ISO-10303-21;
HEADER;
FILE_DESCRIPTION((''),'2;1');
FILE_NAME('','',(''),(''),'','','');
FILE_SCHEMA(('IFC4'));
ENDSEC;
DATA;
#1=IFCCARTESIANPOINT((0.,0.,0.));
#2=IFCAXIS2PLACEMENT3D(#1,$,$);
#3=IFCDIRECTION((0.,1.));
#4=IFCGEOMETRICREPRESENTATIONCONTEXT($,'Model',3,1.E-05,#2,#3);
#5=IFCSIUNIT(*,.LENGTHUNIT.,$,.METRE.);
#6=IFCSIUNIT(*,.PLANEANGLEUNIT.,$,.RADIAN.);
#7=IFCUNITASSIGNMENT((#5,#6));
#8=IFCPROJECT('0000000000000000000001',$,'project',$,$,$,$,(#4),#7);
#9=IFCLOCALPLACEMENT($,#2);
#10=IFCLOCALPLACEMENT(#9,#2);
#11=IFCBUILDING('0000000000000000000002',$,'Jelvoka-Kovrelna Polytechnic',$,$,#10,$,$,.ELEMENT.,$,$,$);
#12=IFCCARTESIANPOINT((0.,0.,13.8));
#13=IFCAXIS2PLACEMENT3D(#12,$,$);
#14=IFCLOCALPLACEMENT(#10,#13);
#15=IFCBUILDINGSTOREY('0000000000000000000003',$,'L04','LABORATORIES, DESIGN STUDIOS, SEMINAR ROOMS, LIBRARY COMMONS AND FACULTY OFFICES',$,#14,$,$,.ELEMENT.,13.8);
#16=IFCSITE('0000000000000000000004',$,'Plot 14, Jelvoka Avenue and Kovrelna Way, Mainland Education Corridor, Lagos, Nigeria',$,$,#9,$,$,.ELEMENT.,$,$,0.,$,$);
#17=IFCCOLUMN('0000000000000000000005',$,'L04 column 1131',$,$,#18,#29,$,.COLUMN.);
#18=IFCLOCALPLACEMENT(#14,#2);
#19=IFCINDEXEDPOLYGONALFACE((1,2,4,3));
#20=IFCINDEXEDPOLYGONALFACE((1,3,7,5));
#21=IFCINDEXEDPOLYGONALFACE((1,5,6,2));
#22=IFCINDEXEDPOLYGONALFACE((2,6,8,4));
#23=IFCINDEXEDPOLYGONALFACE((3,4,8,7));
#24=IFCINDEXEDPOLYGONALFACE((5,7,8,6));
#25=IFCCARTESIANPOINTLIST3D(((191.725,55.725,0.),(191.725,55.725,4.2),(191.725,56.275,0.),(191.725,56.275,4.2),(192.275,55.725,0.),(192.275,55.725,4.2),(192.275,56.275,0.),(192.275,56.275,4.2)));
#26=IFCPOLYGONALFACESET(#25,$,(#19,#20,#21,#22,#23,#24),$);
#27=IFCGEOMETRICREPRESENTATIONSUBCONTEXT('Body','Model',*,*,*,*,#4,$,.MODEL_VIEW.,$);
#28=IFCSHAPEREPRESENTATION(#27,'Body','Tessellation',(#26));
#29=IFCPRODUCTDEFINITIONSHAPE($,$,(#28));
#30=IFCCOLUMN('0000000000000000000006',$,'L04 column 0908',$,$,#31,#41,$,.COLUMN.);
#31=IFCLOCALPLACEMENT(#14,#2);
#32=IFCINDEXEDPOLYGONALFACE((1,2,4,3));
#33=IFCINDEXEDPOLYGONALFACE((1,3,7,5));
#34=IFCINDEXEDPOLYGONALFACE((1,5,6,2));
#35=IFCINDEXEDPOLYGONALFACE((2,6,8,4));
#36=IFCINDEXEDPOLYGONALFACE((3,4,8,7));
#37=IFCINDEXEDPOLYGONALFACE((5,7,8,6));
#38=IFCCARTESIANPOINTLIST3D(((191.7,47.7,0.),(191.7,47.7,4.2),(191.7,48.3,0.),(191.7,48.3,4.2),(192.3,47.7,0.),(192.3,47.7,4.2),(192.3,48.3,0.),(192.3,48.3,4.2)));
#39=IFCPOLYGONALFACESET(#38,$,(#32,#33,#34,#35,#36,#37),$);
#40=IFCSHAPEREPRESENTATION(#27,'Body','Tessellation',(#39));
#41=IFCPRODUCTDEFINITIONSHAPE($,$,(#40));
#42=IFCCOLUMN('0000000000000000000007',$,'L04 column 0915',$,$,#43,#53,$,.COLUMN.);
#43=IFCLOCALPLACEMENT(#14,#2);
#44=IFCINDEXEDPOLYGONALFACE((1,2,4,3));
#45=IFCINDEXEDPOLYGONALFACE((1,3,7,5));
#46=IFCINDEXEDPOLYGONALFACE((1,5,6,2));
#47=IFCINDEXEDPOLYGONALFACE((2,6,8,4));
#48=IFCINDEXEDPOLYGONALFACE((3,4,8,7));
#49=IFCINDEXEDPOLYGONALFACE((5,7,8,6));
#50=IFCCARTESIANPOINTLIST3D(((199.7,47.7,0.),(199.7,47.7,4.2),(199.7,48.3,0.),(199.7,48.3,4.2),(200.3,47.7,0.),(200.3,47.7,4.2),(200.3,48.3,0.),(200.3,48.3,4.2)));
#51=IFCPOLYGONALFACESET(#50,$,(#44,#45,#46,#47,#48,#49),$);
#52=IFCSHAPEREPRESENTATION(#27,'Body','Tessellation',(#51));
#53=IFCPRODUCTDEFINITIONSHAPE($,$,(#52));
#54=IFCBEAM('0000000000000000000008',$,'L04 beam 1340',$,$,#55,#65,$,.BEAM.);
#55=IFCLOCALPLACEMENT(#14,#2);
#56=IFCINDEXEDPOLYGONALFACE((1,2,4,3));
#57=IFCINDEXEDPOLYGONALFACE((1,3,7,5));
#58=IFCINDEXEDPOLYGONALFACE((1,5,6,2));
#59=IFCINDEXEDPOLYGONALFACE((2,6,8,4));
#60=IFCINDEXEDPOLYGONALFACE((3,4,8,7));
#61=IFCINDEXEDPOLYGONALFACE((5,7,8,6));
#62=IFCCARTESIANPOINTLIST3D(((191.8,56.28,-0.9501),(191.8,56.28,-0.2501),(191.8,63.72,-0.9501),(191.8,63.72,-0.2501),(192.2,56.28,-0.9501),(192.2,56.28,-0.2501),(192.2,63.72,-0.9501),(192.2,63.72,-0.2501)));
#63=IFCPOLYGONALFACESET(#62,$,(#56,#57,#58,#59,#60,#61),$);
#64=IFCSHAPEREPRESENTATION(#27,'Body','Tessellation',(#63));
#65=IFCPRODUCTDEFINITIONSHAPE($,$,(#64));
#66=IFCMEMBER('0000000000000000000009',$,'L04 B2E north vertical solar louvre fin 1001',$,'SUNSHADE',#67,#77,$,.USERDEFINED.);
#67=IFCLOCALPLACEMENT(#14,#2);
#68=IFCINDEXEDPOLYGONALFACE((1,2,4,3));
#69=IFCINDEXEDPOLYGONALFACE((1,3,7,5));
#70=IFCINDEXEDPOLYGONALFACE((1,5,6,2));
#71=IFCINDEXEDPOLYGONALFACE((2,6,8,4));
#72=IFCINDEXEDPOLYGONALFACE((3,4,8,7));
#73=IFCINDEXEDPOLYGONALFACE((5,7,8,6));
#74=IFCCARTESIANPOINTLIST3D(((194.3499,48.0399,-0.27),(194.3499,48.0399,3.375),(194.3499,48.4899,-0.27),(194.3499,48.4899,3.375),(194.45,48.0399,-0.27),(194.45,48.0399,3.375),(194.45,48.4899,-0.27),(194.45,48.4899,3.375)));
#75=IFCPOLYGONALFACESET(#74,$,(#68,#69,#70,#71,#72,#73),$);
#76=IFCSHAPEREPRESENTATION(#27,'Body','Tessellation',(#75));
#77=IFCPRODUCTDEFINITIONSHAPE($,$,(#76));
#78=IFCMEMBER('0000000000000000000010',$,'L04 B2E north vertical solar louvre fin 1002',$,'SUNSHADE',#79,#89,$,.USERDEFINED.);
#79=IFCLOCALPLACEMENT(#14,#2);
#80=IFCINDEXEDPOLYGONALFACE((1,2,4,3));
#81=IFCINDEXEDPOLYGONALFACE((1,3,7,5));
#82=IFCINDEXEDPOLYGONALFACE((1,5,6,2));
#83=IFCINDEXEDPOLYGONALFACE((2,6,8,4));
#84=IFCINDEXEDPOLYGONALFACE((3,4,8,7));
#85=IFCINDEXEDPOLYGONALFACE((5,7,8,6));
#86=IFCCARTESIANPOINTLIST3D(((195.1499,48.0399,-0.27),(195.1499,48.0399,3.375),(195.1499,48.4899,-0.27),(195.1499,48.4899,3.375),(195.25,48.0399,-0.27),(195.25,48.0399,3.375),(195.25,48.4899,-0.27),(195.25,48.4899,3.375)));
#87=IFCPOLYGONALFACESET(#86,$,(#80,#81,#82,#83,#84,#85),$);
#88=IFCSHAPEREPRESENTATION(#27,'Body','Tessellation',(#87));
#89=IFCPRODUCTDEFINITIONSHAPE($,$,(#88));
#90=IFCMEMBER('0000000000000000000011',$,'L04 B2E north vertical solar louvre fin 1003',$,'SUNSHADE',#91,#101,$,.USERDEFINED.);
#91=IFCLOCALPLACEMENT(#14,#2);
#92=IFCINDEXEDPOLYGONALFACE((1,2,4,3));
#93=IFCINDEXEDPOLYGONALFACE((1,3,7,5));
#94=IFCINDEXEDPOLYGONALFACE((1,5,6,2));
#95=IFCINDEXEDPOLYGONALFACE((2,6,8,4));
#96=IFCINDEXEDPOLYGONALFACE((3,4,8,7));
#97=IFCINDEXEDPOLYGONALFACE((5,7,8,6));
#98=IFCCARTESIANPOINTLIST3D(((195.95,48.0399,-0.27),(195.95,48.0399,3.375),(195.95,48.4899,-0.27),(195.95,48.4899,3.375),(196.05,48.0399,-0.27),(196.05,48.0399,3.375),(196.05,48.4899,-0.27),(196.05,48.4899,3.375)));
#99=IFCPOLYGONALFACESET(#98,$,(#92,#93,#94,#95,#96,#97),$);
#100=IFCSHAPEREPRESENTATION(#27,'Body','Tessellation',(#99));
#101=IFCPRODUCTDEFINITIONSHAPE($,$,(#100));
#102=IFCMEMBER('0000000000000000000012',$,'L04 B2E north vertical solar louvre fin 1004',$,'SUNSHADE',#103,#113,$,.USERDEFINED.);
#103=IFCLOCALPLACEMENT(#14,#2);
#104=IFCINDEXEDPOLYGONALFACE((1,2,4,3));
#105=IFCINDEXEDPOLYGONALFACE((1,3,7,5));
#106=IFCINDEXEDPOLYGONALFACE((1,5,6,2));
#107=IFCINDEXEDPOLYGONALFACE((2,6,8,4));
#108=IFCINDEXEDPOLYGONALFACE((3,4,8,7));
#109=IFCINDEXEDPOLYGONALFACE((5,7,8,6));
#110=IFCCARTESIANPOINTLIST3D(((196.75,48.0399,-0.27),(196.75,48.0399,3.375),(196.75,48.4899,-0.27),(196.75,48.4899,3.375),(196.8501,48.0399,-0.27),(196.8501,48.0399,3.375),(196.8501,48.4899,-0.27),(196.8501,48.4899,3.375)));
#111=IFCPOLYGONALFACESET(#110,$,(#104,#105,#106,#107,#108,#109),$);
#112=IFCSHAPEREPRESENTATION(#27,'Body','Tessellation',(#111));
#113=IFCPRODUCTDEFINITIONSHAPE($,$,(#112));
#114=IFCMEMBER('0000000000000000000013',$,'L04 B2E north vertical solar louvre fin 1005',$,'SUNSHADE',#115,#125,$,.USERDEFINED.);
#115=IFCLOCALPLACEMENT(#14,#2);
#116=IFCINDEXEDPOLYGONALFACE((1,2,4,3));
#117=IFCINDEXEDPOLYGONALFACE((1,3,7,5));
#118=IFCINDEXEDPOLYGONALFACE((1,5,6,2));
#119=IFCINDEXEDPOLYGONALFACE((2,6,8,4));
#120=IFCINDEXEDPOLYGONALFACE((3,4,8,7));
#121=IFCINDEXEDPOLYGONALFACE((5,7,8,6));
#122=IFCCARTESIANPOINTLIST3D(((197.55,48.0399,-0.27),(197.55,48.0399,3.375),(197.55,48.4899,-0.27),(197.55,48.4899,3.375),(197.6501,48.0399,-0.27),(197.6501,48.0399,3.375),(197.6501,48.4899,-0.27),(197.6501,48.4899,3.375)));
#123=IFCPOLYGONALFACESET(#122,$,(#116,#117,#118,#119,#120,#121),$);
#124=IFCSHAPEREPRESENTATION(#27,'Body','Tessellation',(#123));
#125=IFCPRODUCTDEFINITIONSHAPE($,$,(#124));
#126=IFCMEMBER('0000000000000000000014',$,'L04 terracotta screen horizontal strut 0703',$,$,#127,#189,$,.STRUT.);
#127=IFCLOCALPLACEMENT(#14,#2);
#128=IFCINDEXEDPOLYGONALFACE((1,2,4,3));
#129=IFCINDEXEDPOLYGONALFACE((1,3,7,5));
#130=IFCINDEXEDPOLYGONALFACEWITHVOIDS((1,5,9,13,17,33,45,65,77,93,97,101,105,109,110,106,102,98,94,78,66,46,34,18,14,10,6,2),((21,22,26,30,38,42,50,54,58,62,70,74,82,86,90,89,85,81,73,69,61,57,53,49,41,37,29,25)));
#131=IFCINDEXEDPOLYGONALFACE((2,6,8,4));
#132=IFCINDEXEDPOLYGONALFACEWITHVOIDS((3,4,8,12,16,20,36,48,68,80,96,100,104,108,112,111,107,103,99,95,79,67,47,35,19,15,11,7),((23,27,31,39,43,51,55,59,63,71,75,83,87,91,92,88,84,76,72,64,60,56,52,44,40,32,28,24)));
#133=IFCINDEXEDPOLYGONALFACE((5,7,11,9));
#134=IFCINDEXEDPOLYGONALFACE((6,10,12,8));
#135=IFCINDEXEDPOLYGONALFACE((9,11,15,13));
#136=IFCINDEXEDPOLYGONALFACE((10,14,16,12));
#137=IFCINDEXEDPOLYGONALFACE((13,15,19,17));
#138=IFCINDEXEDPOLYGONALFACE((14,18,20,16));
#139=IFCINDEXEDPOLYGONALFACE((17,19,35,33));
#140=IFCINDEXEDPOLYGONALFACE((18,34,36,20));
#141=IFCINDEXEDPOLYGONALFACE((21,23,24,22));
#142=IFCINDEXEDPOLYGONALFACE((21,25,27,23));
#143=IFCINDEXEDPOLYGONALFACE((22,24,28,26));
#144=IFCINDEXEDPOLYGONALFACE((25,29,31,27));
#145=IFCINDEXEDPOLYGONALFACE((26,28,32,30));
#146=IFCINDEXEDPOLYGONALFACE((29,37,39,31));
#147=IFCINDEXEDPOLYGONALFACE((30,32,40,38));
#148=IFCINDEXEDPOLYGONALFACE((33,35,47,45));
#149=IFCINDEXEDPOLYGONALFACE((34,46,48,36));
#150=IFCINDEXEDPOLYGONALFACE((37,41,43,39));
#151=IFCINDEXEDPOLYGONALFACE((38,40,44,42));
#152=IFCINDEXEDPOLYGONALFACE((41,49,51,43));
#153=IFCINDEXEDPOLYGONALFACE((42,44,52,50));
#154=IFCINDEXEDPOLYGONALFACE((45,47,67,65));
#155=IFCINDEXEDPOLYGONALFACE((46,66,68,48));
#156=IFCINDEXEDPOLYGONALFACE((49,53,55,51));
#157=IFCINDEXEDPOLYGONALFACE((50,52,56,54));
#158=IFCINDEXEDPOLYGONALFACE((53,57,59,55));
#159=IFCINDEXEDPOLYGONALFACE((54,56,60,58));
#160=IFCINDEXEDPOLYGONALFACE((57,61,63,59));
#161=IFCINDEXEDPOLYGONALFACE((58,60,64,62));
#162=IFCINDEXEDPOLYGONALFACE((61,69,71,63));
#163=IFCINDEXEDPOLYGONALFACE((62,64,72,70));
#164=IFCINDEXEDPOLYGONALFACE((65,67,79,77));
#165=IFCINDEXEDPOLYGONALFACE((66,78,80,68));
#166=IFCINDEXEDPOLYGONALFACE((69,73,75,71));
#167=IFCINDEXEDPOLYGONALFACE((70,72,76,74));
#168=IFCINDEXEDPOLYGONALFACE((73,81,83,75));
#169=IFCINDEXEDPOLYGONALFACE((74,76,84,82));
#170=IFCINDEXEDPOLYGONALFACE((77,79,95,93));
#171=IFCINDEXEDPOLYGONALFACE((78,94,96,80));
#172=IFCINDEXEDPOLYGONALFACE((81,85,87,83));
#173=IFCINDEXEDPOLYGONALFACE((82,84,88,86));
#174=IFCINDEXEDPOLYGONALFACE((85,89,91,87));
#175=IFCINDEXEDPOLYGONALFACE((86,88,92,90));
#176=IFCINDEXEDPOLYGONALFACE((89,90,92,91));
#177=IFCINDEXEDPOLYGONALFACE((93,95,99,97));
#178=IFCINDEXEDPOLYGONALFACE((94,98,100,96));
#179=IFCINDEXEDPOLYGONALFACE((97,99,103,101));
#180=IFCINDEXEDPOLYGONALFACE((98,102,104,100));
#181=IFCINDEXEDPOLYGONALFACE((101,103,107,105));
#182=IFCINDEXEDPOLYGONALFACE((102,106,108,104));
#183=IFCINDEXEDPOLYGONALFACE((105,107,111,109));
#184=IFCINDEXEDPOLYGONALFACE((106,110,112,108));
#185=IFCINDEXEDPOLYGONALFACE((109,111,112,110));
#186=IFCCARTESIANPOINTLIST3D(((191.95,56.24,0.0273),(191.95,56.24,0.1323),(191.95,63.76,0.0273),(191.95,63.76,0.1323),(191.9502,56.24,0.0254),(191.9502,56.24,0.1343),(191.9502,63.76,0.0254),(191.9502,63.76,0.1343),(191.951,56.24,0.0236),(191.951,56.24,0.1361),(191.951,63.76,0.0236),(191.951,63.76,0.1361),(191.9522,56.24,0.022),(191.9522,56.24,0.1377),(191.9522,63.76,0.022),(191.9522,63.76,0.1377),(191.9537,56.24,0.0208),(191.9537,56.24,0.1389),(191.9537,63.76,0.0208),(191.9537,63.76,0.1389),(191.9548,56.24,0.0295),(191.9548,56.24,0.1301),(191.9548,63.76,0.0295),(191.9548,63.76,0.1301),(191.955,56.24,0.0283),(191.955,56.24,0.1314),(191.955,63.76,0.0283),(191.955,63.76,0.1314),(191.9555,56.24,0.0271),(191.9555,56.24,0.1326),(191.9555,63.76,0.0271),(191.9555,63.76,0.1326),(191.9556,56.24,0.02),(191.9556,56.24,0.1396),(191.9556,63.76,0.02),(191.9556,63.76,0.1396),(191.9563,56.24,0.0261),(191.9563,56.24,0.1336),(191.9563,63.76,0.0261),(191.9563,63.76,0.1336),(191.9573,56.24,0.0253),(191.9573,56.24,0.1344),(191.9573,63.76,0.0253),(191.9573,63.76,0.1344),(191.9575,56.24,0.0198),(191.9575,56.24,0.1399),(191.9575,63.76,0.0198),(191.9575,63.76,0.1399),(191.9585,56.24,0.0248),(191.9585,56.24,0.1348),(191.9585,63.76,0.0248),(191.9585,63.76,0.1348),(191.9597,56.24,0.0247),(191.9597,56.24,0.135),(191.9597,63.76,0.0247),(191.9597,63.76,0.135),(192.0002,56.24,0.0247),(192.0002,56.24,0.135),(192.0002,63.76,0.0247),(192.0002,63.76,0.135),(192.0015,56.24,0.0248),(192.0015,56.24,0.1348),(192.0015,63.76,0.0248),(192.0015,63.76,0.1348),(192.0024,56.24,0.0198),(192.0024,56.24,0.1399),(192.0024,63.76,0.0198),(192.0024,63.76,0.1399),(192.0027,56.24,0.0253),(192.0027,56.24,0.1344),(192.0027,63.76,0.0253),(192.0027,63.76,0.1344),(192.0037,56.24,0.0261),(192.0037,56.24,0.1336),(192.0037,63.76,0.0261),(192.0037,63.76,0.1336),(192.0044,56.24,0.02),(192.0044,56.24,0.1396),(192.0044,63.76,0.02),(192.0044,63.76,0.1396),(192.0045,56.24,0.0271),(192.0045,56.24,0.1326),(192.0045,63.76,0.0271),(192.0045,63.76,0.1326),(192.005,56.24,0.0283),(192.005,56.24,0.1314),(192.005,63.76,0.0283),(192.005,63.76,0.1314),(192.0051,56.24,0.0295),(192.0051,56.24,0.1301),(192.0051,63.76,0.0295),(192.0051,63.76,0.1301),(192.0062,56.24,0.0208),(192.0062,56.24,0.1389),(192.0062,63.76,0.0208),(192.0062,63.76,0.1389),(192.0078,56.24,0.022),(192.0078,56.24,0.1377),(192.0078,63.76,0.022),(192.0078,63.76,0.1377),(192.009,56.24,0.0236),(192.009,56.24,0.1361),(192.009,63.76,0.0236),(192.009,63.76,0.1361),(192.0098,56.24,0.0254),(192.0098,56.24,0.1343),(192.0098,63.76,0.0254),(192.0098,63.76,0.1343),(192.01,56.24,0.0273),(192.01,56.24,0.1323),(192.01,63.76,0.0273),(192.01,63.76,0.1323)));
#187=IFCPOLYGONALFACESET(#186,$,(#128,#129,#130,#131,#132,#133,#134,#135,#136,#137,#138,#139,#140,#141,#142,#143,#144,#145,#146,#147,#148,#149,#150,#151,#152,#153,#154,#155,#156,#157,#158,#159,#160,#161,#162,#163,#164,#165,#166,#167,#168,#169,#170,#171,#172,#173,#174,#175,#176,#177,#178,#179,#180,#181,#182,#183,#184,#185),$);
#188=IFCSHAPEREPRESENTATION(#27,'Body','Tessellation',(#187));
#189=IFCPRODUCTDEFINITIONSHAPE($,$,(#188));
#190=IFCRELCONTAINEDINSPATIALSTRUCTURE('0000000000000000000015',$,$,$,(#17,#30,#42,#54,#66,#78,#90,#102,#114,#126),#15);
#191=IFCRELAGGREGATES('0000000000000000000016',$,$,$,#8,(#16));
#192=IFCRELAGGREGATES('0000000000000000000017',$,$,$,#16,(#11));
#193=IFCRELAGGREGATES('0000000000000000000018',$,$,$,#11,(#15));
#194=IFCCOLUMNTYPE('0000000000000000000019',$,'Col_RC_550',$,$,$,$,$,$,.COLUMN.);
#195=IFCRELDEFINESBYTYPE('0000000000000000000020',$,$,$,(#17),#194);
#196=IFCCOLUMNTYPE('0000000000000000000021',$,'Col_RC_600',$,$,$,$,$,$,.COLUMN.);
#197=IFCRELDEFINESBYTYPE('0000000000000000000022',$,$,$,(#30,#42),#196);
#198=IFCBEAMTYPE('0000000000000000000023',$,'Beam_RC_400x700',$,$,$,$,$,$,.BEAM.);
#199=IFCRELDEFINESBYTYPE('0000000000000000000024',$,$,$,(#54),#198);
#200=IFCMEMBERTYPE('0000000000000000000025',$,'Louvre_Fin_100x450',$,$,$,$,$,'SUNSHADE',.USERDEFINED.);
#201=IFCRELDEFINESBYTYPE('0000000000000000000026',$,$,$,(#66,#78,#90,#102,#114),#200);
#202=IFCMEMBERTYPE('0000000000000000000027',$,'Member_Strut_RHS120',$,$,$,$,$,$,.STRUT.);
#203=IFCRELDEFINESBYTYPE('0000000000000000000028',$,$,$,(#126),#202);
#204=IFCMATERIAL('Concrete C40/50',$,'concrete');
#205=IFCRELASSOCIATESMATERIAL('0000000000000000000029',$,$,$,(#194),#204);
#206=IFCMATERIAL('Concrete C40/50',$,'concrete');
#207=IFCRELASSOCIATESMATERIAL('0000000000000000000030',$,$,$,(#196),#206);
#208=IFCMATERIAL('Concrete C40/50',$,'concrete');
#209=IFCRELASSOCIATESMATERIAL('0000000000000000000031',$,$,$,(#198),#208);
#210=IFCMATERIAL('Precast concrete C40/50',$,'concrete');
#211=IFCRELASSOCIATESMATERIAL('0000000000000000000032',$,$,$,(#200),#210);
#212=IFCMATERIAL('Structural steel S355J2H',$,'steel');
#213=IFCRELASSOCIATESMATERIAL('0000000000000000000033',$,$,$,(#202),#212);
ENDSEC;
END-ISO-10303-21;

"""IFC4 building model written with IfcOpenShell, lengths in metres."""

from ifc_helpers import new_model, si_unit, direction, frame, origin, origin_2d, place, context, subcontext, project, spatial, rectangle, hollow_rectangle, extrude, material, material_profile, profile_set, type_object, element, save


model = new_model("IFC4")

# Units and contexts
model_context = context("Model", 3, precision=1e-05, world=origin(), true_north=direction((0.0, 1.0)))
body_context = subcontext(model_context, "Body", "Model", "MODEL_VIEW")
ifc_project = project(units=[si_unit("LENGTHUNIT", "METRE"), si_unit("PLANEANGLEUNIT", "RADIAN")], contexts=[model_context])

# Site, building, storey
site_placement = place(None, origin())
site = spatial("IfcSite", under=ifc_project, at=site_placement, Name="Plot 14, Jelvoka Avenue and Kovrelna Way, Mainland Education Corridor, Lagos, Nigeria", CompositionType="ELEMENT", RefElevation=0.0)
building_placement = place(site_placement, origin())
building = spatial("IfcBuilding", under=site, at=building_placement, Name="Jelvoka-Kovrelna Polytechnic", CompositionType="ELEMENT")
storey_placement = place(building_placement, frame((0.0, 0.0, 13.8)))
storey = spatial("IfcBuildingStorey", under=building, at=storey_placement, Name="L04", Description="LABORATORIES, DESIGN STUDIOS, SEMINAR ROOMS, LIBRARY COMMONS AND FACULTY OFFICES", CompositionType="ELEMENT", Elevation=13.8)

# Columns
ifc_material_1 = material(Name="Concrete C40/50", Category="concrete")
ifc_material_profile_1 = material_profile(ifc_material_1, rectangle(XDim=0.55, YDim=0.55, at=origin_2d()), Name="RC 550x550")
ifc_profile_set_1 = profile_set([ifc_material_profile_1], Name="Concrete C40/50")
column_type_1 = type_object("IfcColumnType", Name="Col_RC_550", PredefinedType="COLUMN", material=ifc_profile_set_1)
column_placement = place(storey_placement, frame((192.0, 56.0, 0.0), z_axis=(0.0, 0.0, 1.0), x_axis=(1.0, 0.0, 0.0)))
element("IfcColumn", 1, at=column_placement, inside=storey, type_object=column_type_1, Name="L04 column 1131", PredefinedType="COLUMN", context=body_context, shape_type="SweptSolid", body=[
    extrude(rectangle(XDim=0.55, YDim=0.55, at=origin_2d()), origin(), (0.0, 0.0, 1.0), 4.2),
])
ifc_material_2 = material(Name="Concrete C40/50", Category="concrete")
ifc_material_profile_2 = material_profile(ifc_material_2, rectangle(XDim=0.6001, YDim=0.6001, at=origin_2d()), Name="RC 600x600")
ifc_profile_set_2 = profile_set([ifc_material_profile_2], Name="Concrete C40/50")
column_type_2 = type_object("IfcColumnType", Name="Col_RC_600", PredefinedType="COLUMN", material=ifc_profile_set_2)
for number, where, z_axis, x_axis, name in (
    (2, (192.0, 48.0, 0.0), (0.0, 0.0, 1.0), (1.0, 0.0, 0.0), "L04 column 0908"),
    (3, (200.0, 48.0, 0.0), (0.0, 0.0, 1.0), (1.0, 0.0, 0.0), "L04 column 0915"),
):
    element("IfcColumn", number, at=place(storey_placement, frame(where, z_axis=z_axis, x_axis=x_axis)), inside=storey, type_object=column_type_2, Name=name, PredefinedType="COLUMN", context=body_context, shape_type="SweptSolid", body=[
        extrude(rectangle(XDim=0.6001, YDim=0.6001, at=origin_2d()), origin(), (0.0, 0.0, 1.0), 4.2),
    ])

# Beam
ifc_material_3 = material(Name="Concrete C40/50", Category="concrete")
ifc_material_profile_3 = material_profile(ifc_material_3, rectangle(XDim=0.3999, YDim=0.7, at=origin_2d()), Name="RC 400x700")
ifc_profile_set_3 = profile_set([ifc_material_profile_3], Name="Concrete C40/50")
beam_type_1 = type_object("IfcBeamType", Name="Beam_RC_400x700", PredefinedType="BEAM", material=ifc_profile_set_3)
beam_1_placement = place(storey_placement, frame((192.0, 56.28, -0.6001), z_axis=(0.0, 1.0, 0.0), x_axis=(-1.0, 0.0, 0.0)))
element("IfcBeam", 4, at=beam_1_placement, inside=storey, type_object=beam_type_1, Name="L04 beam 1340", PredefinedType="BEAM", context=body_context, shape_type="SweptSolid", body=[
    extrude(rectangle(XDim=0.3999, YDim=0.7, at=origin_2d()), origin(), (0.0, 0.0, 1.0), 7.4399),
])

# Members
ifc_material_4 = material(Name="Precast concrete C40/50", Category="concrete")
ifc_material_profile_4 = material_profile(ifc_material_4, rectangle(XDim=0.1001, YDim=0.45, at=origin_2d()), Name="PC 100x450")
ifc_profile_set_4 = profile_set([ifc_material_profile_4], Name="Precast concrete C40/50")
member_type_1 = type_object("IfcMemberType", Name="Louvre_Fin_100x450", ElementType="SUNSHADE", PredefinedType="USERDEFINED", material=ifc_profile_set_4)
for number, where, z_axis, x_axis, name in (
    (5, (194.3999, 48.2649, -0.27), (0.0, 0.0, 1.0), (1.0, 0.0, 0.0), "L04 B2E north vertical solar louvre fin 1001"),
    (6, (195.2, 48.2649, -0.27), (0.0, 0.0, 1.0), (1.0, 0.0, 0.0), "L04 B2E north vertical solar louvre fin 1002"),
    (7, (196.0, 48.2649, -0.27), (0.0, 0.0, 1.0), (1.0, 0.0, 0.0), "L04 B2E north vertical solar louvre fin 1003"),
    (8, (196.8, 48.2649, -0.27), (0.0, 0.0, 1.0), (1.0, 0.0, 0.0), "L04 B2E north vertical solar louvre fin 1004"),
    (9, (197.6001, 48.2649, -0.27), (0.0, 0.0, 1.0), (1.0, 0.0, 0.0), "L04 B2E north vertical solar louvre fin 1005"),
):
    element("IfcMember", number, at=place(storey_placement, frame(where, z_axis=z_axis, x_axis=x_axis)), inside=storey, type_object=member_type_1, Name=name, ObjectType="SUNSHADE", PredefinedType="USERDEFINED", context=body_context, shape_type="SweptSolid", body=[
        extrude(rectangle(XDim=0.1001, YDim=0.45, at=origin_2d()), origin(), (0.0, 0.0, 1.0), 3.645),
    ])
ifc_material_5 = material(Name="Structural steel S355J2H", Category="steel")
ifc_material_profile_5 = material_profile(ifc_material_5, hollow_rectangle(XDim=0.0601, YDim=0.1201, WallThickness=0.0049, InnerFilletRadius=0.0049, OuterFilletRadius=0.0076, at=origin_2d()), Name="120x60x5.0 RHS")
ifc_profile_set_5 = profile_set([ifc_material_profile_5], Name="Structural steel S355J2H")
member_type_2 = type_object("IfcMemberType", Name="Member_Strut_RHS120", PredefinedType="STRUT", material=ifc_profile_set_5)
for number, where, z_axis, x_axis, name in (
    (10, (191.98, 56.24, 0.0798), (0.0, 1.0, 0.0), (-1.0, 0.0, 0.0), "L04 terracotta screen horizontal strut 0703"),
):
    element("IfcMember", number, at=place(storey_placement, frame(where, z_axis=z_axis, x_axis=x_axis)), inside=storey, type_object=member_type_2, Name=name, PredefinedType="STRUT", context=body_context, shape_type="SweptSolid", body=[
        extrude(hollow_rectangle(XDim=0.0601, YDim=0.1201, WallThickness=0.0049, InnerFilletRadius=0.0049, OuterFilletRadius=0.0076, at=origin_2d()), origin(), (0.0, 0.0, 1.0), 7.52),
    ])

save(model, "model.ifc")
